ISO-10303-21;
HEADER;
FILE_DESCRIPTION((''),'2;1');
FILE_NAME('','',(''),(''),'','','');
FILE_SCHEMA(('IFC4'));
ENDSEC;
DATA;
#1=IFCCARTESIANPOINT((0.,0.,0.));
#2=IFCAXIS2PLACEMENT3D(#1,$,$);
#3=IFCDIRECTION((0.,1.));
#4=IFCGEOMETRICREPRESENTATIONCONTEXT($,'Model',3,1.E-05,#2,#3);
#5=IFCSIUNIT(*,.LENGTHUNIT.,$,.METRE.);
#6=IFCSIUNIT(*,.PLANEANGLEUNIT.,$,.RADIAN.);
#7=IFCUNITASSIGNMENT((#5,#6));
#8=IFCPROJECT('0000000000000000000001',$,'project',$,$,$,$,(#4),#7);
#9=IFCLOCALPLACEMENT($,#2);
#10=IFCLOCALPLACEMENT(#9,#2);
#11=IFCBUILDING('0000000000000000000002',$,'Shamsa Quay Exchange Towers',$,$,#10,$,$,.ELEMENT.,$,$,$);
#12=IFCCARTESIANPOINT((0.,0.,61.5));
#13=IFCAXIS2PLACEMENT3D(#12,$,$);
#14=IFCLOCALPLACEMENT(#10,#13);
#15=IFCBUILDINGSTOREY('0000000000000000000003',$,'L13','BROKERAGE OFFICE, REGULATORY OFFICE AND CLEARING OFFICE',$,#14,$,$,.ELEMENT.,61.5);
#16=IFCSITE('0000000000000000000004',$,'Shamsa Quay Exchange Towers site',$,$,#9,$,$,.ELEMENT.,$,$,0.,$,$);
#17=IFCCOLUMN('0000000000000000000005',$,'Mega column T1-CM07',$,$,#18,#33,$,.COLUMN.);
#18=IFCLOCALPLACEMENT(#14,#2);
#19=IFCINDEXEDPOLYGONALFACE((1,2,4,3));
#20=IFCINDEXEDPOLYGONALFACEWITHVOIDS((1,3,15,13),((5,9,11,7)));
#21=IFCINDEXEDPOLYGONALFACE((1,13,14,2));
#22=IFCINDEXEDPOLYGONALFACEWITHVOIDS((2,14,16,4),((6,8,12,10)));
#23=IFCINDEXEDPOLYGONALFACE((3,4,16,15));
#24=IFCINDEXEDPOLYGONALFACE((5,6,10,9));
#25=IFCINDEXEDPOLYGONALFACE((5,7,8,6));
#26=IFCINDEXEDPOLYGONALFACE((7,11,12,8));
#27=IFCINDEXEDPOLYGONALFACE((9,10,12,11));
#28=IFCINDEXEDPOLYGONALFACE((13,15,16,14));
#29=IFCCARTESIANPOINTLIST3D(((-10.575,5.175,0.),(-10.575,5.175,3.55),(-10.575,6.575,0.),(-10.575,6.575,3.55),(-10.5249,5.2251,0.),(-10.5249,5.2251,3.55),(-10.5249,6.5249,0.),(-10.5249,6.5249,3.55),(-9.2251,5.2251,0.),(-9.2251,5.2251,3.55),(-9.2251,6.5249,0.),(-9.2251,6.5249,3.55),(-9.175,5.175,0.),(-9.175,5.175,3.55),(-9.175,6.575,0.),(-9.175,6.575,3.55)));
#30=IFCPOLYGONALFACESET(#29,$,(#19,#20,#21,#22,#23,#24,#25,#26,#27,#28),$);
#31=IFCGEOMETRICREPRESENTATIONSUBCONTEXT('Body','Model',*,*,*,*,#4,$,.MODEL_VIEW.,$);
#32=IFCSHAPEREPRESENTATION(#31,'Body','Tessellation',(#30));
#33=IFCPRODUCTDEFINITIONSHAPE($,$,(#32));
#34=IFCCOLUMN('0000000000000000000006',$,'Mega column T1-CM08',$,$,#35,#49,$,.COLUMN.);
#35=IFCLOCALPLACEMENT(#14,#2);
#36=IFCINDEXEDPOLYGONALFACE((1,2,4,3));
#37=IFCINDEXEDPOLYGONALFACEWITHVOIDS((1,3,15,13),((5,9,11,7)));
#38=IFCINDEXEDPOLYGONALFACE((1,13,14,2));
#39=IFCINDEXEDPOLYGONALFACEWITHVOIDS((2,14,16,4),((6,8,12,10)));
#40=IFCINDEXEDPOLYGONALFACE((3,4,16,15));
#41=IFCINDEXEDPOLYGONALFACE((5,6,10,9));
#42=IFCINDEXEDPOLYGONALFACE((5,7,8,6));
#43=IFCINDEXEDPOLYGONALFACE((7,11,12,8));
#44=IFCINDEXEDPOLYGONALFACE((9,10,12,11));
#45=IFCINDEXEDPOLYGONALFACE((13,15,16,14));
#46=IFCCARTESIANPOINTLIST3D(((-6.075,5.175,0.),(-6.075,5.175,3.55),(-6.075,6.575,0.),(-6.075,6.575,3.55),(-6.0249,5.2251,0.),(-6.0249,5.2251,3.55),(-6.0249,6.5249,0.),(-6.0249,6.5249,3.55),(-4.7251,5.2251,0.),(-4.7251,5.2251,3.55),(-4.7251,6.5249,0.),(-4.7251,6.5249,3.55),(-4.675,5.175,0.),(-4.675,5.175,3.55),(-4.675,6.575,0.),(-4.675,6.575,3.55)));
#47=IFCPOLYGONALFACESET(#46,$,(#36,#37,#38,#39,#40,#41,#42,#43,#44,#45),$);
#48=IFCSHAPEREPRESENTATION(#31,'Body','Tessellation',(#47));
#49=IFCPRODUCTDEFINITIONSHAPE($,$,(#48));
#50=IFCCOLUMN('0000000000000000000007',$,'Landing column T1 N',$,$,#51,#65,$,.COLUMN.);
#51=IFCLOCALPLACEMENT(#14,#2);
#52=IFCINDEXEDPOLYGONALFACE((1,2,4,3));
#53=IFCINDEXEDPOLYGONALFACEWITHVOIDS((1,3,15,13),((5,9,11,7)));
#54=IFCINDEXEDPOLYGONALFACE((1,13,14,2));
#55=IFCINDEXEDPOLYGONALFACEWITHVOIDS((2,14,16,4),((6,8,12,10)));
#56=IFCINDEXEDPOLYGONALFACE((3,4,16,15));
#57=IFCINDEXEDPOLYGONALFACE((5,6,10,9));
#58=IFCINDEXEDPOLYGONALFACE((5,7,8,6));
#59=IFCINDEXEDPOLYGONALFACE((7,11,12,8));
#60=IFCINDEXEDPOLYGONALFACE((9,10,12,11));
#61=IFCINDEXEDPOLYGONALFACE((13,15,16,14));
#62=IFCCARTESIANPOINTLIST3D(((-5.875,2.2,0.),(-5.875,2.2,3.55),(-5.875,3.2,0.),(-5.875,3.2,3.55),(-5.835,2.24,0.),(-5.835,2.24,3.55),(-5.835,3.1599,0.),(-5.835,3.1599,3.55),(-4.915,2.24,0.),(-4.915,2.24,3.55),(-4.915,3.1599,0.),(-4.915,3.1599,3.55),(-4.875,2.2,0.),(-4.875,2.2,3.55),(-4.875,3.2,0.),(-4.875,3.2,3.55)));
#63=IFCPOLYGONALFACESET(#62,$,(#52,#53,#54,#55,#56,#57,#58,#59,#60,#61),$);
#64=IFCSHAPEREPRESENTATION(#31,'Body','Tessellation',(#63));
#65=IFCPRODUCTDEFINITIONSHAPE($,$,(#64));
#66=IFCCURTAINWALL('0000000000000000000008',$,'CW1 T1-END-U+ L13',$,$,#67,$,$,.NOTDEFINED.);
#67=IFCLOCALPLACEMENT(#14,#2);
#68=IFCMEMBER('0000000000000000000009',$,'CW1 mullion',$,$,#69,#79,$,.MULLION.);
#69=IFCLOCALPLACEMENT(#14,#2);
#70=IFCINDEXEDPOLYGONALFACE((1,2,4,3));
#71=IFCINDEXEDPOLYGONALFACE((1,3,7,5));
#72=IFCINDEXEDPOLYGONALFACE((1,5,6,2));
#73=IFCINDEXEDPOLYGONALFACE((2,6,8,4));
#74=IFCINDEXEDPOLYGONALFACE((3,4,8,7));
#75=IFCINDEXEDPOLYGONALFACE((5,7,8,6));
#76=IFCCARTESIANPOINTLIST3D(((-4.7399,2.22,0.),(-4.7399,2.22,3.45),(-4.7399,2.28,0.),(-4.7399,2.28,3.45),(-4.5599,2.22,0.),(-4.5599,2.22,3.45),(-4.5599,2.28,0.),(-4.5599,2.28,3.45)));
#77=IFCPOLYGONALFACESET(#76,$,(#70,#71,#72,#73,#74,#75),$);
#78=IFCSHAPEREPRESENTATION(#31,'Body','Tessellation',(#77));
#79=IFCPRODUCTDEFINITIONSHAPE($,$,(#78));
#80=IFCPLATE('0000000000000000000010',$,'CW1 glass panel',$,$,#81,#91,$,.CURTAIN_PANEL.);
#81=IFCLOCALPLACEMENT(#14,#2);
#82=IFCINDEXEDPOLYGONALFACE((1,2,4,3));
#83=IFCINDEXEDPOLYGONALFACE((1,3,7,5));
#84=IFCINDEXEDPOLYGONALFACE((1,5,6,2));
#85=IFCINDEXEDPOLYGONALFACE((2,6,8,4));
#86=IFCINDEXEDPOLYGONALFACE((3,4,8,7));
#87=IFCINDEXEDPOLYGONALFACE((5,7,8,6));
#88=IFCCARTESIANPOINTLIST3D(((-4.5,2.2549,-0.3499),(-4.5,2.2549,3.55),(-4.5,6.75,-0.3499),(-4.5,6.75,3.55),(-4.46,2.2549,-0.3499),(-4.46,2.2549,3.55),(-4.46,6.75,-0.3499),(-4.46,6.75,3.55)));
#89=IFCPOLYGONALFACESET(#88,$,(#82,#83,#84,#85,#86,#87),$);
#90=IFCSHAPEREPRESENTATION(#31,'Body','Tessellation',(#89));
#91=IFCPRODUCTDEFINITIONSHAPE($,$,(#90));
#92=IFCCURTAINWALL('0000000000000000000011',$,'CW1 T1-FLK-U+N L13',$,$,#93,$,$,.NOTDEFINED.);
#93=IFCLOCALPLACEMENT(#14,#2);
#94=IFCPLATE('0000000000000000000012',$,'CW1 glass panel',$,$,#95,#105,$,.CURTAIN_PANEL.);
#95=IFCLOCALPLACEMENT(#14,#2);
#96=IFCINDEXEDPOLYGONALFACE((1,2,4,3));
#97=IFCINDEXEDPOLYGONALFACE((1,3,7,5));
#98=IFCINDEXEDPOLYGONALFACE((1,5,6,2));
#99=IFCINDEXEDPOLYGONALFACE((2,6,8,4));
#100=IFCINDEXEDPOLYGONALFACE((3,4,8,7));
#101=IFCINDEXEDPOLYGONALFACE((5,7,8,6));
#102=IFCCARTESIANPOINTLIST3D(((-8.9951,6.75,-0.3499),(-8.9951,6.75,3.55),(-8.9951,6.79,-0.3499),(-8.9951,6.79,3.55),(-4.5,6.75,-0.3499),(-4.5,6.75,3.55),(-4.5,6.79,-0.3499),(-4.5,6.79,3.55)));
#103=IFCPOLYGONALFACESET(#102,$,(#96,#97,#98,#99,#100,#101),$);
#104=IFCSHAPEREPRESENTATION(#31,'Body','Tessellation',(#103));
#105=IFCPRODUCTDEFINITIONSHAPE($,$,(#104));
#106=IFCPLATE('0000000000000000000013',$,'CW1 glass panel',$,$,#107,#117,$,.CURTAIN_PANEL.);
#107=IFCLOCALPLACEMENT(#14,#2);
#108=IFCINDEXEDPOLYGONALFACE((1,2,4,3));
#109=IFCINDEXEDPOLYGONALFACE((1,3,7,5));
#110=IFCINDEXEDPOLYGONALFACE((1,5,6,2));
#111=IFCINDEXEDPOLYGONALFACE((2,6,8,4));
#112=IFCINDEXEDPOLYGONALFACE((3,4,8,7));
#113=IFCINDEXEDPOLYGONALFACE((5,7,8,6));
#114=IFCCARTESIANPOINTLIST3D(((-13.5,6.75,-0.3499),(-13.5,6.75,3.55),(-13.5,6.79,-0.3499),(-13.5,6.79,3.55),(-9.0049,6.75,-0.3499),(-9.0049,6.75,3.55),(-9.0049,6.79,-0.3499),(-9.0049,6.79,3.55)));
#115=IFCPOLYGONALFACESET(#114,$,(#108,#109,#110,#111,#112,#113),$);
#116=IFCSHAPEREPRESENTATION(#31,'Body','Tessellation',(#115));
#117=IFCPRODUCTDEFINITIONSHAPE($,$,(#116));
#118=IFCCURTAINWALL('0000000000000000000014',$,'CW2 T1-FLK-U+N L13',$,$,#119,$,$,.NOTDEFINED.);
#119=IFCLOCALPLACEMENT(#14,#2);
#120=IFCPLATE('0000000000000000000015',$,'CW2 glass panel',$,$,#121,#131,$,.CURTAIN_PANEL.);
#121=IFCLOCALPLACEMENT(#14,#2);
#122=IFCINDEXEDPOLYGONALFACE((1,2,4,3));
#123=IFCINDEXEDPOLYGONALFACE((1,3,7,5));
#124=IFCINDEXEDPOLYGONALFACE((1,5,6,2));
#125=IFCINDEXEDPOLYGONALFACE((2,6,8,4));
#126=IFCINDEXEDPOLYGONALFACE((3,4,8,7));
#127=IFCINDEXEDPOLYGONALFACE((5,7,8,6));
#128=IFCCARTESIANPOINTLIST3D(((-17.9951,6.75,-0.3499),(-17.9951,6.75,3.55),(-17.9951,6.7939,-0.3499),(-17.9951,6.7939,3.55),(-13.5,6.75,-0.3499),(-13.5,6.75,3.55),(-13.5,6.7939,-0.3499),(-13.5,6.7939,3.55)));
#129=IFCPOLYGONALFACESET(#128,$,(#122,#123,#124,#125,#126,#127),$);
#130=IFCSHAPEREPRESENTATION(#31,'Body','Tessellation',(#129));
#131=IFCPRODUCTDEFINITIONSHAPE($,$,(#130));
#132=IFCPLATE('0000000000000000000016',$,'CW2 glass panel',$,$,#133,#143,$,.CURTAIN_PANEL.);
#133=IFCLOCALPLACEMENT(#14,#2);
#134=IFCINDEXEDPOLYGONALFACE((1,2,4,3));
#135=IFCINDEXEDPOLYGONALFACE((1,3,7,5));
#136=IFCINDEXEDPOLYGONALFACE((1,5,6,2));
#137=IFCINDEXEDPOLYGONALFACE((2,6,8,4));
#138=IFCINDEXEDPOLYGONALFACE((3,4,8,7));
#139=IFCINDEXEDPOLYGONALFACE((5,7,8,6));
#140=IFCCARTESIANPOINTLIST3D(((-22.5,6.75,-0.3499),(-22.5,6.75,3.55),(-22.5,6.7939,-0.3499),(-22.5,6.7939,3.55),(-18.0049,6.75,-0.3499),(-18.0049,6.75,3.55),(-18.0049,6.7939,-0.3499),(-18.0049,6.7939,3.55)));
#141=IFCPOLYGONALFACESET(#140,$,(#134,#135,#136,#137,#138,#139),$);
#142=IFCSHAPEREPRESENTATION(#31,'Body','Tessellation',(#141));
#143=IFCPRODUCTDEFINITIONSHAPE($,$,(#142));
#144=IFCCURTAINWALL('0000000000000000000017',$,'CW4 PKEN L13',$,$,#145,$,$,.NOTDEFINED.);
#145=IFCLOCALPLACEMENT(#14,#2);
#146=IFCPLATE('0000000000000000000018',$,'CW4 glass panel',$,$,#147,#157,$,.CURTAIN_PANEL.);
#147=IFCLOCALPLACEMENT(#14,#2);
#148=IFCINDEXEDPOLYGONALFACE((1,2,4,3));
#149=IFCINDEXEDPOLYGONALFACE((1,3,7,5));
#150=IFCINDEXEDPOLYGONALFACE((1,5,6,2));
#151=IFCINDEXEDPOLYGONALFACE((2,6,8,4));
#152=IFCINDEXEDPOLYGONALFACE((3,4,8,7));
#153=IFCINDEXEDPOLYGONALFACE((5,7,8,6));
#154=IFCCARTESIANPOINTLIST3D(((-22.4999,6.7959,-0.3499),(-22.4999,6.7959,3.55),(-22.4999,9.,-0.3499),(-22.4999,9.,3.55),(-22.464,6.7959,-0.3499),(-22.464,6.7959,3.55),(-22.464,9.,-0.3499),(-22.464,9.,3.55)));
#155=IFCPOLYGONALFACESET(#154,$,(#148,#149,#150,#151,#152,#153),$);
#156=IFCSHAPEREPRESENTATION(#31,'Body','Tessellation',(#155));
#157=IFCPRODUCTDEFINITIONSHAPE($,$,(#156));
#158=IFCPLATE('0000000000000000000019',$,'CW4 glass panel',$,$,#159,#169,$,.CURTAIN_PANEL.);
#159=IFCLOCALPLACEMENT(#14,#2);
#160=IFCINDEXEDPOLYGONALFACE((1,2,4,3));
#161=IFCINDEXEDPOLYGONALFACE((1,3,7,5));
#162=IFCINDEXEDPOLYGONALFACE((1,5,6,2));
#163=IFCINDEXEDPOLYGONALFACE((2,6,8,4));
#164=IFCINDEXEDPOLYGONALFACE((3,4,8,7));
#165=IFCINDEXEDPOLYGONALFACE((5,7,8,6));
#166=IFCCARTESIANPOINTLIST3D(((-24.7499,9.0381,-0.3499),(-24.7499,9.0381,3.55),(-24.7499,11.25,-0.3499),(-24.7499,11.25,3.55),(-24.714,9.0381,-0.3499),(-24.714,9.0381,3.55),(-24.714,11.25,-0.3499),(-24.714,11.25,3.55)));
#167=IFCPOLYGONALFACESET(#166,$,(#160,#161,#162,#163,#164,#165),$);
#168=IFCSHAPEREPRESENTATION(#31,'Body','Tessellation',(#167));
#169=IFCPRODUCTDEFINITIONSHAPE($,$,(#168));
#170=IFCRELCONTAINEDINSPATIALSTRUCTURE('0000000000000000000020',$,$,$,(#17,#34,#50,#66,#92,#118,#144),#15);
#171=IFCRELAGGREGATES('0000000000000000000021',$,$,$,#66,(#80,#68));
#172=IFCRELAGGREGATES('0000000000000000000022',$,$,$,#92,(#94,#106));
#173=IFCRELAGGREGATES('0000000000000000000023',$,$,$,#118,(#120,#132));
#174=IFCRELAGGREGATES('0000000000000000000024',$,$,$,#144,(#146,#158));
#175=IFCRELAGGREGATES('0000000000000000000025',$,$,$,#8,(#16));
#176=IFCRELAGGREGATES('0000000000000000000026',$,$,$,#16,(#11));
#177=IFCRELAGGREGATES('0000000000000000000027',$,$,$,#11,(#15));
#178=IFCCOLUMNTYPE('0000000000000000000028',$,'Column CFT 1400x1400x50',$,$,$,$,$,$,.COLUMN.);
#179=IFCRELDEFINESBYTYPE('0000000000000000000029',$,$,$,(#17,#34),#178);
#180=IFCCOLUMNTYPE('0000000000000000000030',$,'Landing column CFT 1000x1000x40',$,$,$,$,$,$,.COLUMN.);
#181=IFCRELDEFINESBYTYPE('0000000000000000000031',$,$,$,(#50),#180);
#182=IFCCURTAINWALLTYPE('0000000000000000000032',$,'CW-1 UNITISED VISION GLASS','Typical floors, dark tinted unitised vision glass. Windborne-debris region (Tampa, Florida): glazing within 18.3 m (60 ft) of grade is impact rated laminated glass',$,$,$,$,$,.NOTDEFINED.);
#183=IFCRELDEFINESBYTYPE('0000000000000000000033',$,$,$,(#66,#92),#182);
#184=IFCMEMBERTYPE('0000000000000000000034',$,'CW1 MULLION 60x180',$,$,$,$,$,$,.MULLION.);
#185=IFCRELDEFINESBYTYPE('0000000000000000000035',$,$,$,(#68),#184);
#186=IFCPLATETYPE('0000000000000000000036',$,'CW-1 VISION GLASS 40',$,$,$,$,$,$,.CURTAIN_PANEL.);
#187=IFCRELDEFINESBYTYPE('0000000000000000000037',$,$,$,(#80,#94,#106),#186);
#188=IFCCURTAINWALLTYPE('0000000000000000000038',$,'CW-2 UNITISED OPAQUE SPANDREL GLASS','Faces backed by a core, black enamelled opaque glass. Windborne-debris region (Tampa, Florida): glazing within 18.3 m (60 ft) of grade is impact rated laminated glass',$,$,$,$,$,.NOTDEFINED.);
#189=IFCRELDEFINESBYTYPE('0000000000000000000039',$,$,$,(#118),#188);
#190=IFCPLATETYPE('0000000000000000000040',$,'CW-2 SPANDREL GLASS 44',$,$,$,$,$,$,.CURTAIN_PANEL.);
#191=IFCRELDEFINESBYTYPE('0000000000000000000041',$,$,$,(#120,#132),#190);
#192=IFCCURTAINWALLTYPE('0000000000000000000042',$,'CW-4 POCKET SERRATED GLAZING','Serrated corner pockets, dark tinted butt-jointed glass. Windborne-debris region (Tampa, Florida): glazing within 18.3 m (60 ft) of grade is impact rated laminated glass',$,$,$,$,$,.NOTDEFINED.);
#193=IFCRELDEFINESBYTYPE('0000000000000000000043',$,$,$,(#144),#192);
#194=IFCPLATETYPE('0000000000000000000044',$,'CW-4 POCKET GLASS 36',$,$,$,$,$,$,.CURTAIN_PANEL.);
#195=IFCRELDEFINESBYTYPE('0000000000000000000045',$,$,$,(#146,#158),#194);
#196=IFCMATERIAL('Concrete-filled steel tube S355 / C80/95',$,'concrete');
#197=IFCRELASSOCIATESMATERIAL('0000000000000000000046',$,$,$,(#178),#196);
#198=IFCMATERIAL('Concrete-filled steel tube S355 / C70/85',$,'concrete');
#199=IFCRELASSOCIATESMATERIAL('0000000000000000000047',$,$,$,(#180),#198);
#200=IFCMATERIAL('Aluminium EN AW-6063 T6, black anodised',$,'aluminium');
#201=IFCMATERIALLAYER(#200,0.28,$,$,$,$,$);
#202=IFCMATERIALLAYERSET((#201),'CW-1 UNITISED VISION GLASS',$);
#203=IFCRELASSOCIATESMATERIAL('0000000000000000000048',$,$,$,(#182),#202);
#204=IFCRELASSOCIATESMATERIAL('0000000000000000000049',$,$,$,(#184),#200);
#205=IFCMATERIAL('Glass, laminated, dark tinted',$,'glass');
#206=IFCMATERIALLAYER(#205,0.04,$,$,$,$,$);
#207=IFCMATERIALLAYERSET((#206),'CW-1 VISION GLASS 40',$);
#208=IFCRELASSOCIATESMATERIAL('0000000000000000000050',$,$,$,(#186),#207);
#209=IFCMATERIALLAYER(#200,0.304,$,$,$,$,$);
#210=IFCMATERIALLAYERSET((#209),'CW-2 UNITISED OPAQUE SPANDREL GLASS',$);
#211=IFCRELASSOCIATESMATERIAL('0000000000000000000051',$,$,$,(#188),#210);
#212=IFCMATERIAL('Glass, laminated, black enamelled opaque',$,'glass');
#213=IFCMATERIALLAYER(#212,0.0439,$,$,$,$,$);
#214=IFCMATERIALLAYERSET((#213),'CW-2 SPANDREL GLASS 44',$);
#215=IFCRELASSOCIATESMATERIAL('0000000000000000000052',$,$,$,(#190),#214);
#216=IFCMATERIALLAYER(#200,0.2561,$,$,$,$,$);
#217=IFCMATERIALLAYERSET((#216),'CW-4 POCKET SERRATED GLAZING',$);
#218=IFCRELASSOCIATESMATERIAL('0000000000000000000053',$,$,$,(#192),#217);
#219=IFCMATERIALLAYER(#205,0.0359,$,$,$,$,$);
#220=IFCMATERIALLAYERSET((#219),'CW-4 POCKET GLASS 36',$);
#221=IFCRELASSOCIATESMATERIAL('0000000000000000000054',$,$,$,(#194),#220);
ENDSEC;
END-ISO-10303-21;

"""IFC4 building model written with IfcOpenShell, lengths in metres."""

from ifc_helpers import new_model, si_unit, direction, frame, origin, origin_2d, place, context, subcontext, project, spatial, rectangle, hollow_rectangle, extrude, material, layer, layer_set, material_profile, profile_set, type_object, element, aggregate, save


model = new_model("IFC4")

# Units and contexts
model_context = context("Model", 3, precision=1e-05, world=origin(), true_north=direction((0.0, 1.0)))
body_context = subcontext(model_context, "Body", "Model", "MODEL_VIEW")
ifc_project = project(units=[si_unit("LENGTHUNIT", "METRE"), si_unit("PLANEANGLEUNIT", "RADIAN")], contexts=[model_context])

# Site, building, storey
site_placement = place(None, origin())
site = spatial("IfcSite", under=ifc_project, at=site_placement, Name="Shamsa Quay Exchange Towers site", CompositionType="ELEMENT", RefElevation=0.0)
building_placement = place(site_placement, origin())
building = spatial("IfcBuilding", under=site, at=building_placement, Name="Shamsa Quay Exchange Towers", CompositionType="ELEMENT")
storey_placement = place(building_placement, frame((0.0, 0.0, 61.5)))
storey = spatial("IfcBuildingStorey", under=building, at=storey_placement, Name="L13", Description="BROKERAGE OFFICE, REGULATORY OFFICE AND CLEARING OFFICE", CompositionType="ELEMENT", Elevation=61.5)

# Columns
ifc_material_1 = material(Name="Concrete-filled steel tube S355 / C80/95", Category="concrete")
ifc_material_profile_1 = material_profile(ifc_material_1, hollow_rectangle(XDim=1.3999, YDim=1.3999, WallThickness=0.05, at=origin_2d()), Name="CFT 1400x1400x50")
ifc_profile_set_1 = profile_set([ifc_material_profile_1], Name="Concrete-filled steel tube S355 / C80/95")
column_type_1 = type_object("IfcColumnType", Name="Column CFT 1400x1400x50", PredefinedType="COLUMN", material=ifc_profile_set_1)
for number, where, name in (
    (1, (-9.875, 5.875, 0.0), "Mega column T1-CM07"),
    (2, (-5.375, 5.875, 0.0), "Mega column T1-CM08"),
):
    element("IfcColumn", number, at=place(storey_placement, frame(where)), inside=storey, type_object=column_type_1, Name=name, PredefinedType="COLUMN", context=body_context, shape_type="SweptSolid", body=[
        extrude(hollow_rectangle(XDim=1.3999, YDim=1.3999, WallThickness=0.05, at=origin_2d()), origin(), (0.0, 0.0, 1.0), 3.55),
    ])
ifc_material_2 = material(Name="Concrete-filled steel tube S355 / C70/85", Category="concrete")
ifc_material_profile_2 = material_profile(ifc_material_2, hollow_rectangle(XDim=1.0, YDim=1.0, WallThickness=0.04, at=origin_2d()), Name="CFT 1000x1000x40")
ifc_profile_set_2 = profile_set([ifc_material_profile_2], Name="Concrete-filled steel tube S355 / C70/85")
column_type_2 = type_object("IfcColumnType", Name="Landing column CFT 1000x1000x40", PredefinedType="COLUMN", material=ifc_profile_set_2)
column_placement = place(storey_placement, frame((-5.375, 2.7, 0.0)))
element("IfcColumn", 3, at=column_placement, inside=storey, type_object=column_type_2, Name="Landing column T1 N", PredefinedType="COLUMN", context=body_context, shape_type="SweptSolid", body=[
    extrude(hollow_rectangle(XDim=1.0, YDim=1.0, WallThickness=0.04, at=origin_2d()), origin(), (0.0, 0.0, 1.0), 3.55),
])

# Curtain wall, member, plate
ifc_material_3 = material(Name="Aluminium EN AW-6063 T6, black anodised", Category="aluminium")
ifc_layer_1 = layer(ifc_material_3, 0.28)
ifc_layer_set_1 = layer_set([ifc_layer_1], Name="CW-1 UNITISED VISION GLASS")
curtain_wall_type_1 = type_object("IfcCurtainWallType", Name="CW-1 UNITISED VISION GLASS", Description="Typical floors, dark tinted unitised vision glass. Windborne-debris region (Tampa, Florida): glazing within 18.3 m (60 ft) of grade is impact rated laminated glass", PredefinedType="NOTDEFINED", material=ifc_layer_set_1)
curtain_wall_1_placement = place(storey_placement, origin())
curtain_wall_1 = element("IfcCurtainWall", 4, at=curtain_wall_1_placement, inside=storey, type_object=curtain_wall_type_1, Name="CW1 T1-END-U+ L13", PredefinedType="NOTDEFINED")
ifc_material_profile_3 = material_profile(ifc_material_3, rectangle(XDim=0.1799, YDim=0.0601, at=origin_2d()), Name="MU60x180")
ifc_profile_set_3 = profile_set([ifc_material_profile_3], Name="Aluminium EN AW-6063 T6, black anodised")
member_type = type_object("IfcMemberType", Name="CW1 MULLION 60x180", PredefinedType="MULLION", material=ifc_profile_set_3)
member_placement = place(storey_placement, frame((-4.6499, 2.25, 0.0), z_axis=(0.0, 0.0, 1.0), x_axis=(-1.0, 0.0, 0.0)))
member = element("IfcMember", 5, at=member_placement, type_object=member_type, Name="CW1 mullion", PredefinedType="MULLION", context=body_context, shape_type="SweptSolid", body=[
    extrude(rectangle(XDim=0.1799, YDim=0.0601, at=origin_2d()), origin(), (0.0, 0.0, 1.0), 3.45),
])
ifc_material_4 = material(Name="Glass, laminated, dark tinted", Category="glass")
ifc_layer_2 = layer(ifc_material_4, 0.04)
ifc_layer_set_2 = layer_set([ifc_layer_2], Name="CW-1 VISION GLASS 40")
plate_type_1 = type_object("IfcPlateType", Name="CW-1 VISION GLASS 40", PredefinedType="CURTAIN_PANEL", material=ifc_layer_set_2)
plate_1_placement = place(storey_placement, frame((-4.48, 4.5024, -0.3499), z_axis=(0.0, 0.0, 1.0), x_axis=(0.0, 1.0, 0.0)))
plate_1 = element("IfcPlate", 6, at=plate_1_placement, type_object=plate_type_1, Name="CW1 glass panel", PredefinedType="CURTAIN_PANEL", context=body_context, shape_type="SweptSolid", body=[
    extrude(rectangle(XDim=4.4951, YDim=0.04, at=origin_2d()), origin(), (0.0, 0.0, 1.0), 3.8999),
])
aggregate(curtain_wall_1, [plate_1, member])

# Curtain walls, plates
curtain_wall_2_placement = place(storey_placement, origin())
curtain_wall_2 = element("IfcCurtainWall", 7, at=curtain_wall_2_placement, inside=storey, type_object=curtain_wall_type_1, Name="CW1 T1-FLK-U+N L13", PredefinedType="NOTDEFINED")
plate_2_placement = place(storey_placement, frame((-6.7476, 6.77, -0.3499), z_axis=(0.0, 0.0, 1.0), x_axis=(-1.0, 0.0, 0.0)))
plate_2 = element("IfcPlate", 8, at=plate_2_placement, type_object=plate_type_1, Name="CW1 glass panel", PredefinedType="CURTAIN_PANEL", context=body_context, shape_type="SweptSolid", body=[
    extrude(rectangle(XDim=4.4951, YDim=0.04, at=origin_2d()), origin(), (0.0, 0.0, 1.0), 3.8999),
])
plate_3_placement = place(storey_placement, frame((-11.2524, 6.77, -0.3499), z_axis=(0.0, 0.0, 1.0), x_axis=(-1.0, 0.0, 0.0)))
plate_3 = element("IfcPlate", 9, at=plate_3_placement, type_object=plate_type_1, Name="CW1 glass panel", PredefinedType="CURTAIN_PANEL", context=body_context, shape_type="SweptSolid", body=[
    extrude(rectangle(XDim=4.4951, YDim=0.04, at=origin_2d()), origin(), (0.0, 0.0, 1.0), 3.8999),
])
aggregate(curtain_wall_2, [plate_2, plate_3])
ifc_layer_3 = layer(ifc_material_3, 0.304)
ifc_layer_set_3 = layer_set([ifc_layer_3], Name="CW-2 UNITISED OPAQUE SPANDREL GLASS")
curtain_wall_type_2 = type_object("IfcCurtainWallType", Name="CW-2 UNITISED OPAQUE SPANDREL GLASS", Description="Faces backed by a core, black enamelled opaque glass. Windborne-debris region (Tampa, Florida): glazing within 18.3 m (60 ft) of grade is impact rated laminated glass", PredefinedType="NOTDEFINED", material=ifc_layer_set_3)
curtain_wall_3_placement = place(storey_placement, origin())
curtain_wall_3 = element("IfcCurtainWall", 10, at=curtain_wall_3_placement, inside=storey, type_object=curtain_wall_type_2, Name="CW2 T1-FLK-U+N L13", PredefinedType="NOTDEFINED")
ifc_material_5 = material(Name="Glass, laminated, black enamelled opaque", Category="glass")
ifc_layer_4 = layer(ifc_material_5, 0.0439)
ifc_layer_set_4 = layer_set([ifc_layer_4], Name="CW-2 SPANDREL GLASS 44")
plate_type_2 = type_object("IfcPlateType", Name="CW-2 SPANDREL GLASS 44", PredefinedType="CURTAIN_PANEL", material=ifc_layer_set_4)
plate_4_placement = place(storey_placement, frame((-15.7476, 6.772, -0.3499), z_axis=(0.0, 0.0, 1.0), x_axis=(-1.0, 0.0, 0.0)))
plate_4 = element("IfcPlate", 11, at=plate_4_placement, type_object=plate_type_2, Name="CW2 glass panel", PredefinedType="CURTAIN_PANEL", context=body_context, shape_type="SweptSolid", body=[
    extrude(rectangle(XDim=4.4951, YDim=0.0439, at=origin_2d()), origin(), (0.0, 0.0, 1.0), 3.8999),
])
plate_5_placement = place(storey_placement, frame((-20.2524, 6.772, -0.3499), z_axis=(0.0, 0.0, 1.0), x_axis=(-1.0, 0.0, 0.0)))
plate_5 = element("IfcPlate", 12, at=plate_5_placement, type_object=plate_type_2, Name="CW2 glass panel", PredefinedType="CURTAIN_PANEL", context=body_context, shape_type="SweptSolid", body=[
    extrude(rectangle(XDim=4.4951, YDim=0.0439, at=origin_2d()), origin(), (0.0, 0.0, 1.0), 3.8999),
])
aggregate(curtain_wall_3, [plate_4, plate_5])
ifc_layer_5 = layer(ifc_material_3, 0.2561)
ifc_layer_set_5 = layer_set([ifc_layer_5], Name="CW-4 POCKET SERRATED GLAZING")
curtain_wall_type_3 = type_object("IfcCurtainWallType", Name="CW-4 POCKET SERRATED GLAZING", Description="Serrated corner pockets, dark tinted butt-jointed glass. Windborne-debris region (Tampa, Florida): glazing within 18.3 m (60 ft) of grade is impact rated laminated glass", PredefinedType="NOTDEFINED", material=ifc_layer_set_5)
curtain_wall_4_placement = place(storey_placement, origin())
curtain_wall_4 = element("IfcCurtainWall", 13, at=curtain_wall_4_placement, inside=storey, type_object=curtain_wall_type_3, Name="CW4 PKEN L13", PredefinedType="NOTDEFINED")
ifc_layer_6 = layer(ifc_material_4, 0.0359)
ifc_layer_set_6 = layer_set([ifc_layer_6], Name="CW-4 POCKET GLASS 36")
plate_type_3 = type_object("IfcPlateType", Name="CW-4 POCKET GLASS 36", PredefinedType="CURTAIN_PANEL", material=ifc_layer_set_6)
plate_6_placement = place(storey_placement, frame((-22.4819, 7.8979, -0.3499), z_axis=(0.0, 0.0, 1.0), x_axis=(0.0, 1.0, 0.0)))
plate_6 = element("IfcPlate", 14, at=plate_6_placement, type_object=plate_type_3, Name="CW4 glass panel", PredefinedType="CURTAIN_PANEL", context=body_context, shape_type="SweptSolid", body=[
    extrude(rectangle(XDim=2.2041, YDim=0.0359, at=origin_2d()), origin(), (0.0, 0.0, 1.0), 3.8999),
])
plate_7_placement = place(storey_placement, frame((-24.7319, 10.144, -0.3499), z_axis=(0.0, 0.0, 1.0), x_axis=(0.0, 1.0, 0.0)))
plate_7 = element("IfcPlate", 15, at=plate_7_placement, type_object=plate_type_3, Name="CW4 glass panel", PredefinedType="CURTAIN_PANEL", context=body_context, shape_type="SweptSolid", body=[
    extrude(rectangle(XDim=2.2119, YDim=0.0359, at=origin_2d()), origin(), (0.0, 0.0, 1.0), 3.8999),
])
aggregate(curtain_wall_4, [plate_6, plate_7])

save(model, "model.ifc")
